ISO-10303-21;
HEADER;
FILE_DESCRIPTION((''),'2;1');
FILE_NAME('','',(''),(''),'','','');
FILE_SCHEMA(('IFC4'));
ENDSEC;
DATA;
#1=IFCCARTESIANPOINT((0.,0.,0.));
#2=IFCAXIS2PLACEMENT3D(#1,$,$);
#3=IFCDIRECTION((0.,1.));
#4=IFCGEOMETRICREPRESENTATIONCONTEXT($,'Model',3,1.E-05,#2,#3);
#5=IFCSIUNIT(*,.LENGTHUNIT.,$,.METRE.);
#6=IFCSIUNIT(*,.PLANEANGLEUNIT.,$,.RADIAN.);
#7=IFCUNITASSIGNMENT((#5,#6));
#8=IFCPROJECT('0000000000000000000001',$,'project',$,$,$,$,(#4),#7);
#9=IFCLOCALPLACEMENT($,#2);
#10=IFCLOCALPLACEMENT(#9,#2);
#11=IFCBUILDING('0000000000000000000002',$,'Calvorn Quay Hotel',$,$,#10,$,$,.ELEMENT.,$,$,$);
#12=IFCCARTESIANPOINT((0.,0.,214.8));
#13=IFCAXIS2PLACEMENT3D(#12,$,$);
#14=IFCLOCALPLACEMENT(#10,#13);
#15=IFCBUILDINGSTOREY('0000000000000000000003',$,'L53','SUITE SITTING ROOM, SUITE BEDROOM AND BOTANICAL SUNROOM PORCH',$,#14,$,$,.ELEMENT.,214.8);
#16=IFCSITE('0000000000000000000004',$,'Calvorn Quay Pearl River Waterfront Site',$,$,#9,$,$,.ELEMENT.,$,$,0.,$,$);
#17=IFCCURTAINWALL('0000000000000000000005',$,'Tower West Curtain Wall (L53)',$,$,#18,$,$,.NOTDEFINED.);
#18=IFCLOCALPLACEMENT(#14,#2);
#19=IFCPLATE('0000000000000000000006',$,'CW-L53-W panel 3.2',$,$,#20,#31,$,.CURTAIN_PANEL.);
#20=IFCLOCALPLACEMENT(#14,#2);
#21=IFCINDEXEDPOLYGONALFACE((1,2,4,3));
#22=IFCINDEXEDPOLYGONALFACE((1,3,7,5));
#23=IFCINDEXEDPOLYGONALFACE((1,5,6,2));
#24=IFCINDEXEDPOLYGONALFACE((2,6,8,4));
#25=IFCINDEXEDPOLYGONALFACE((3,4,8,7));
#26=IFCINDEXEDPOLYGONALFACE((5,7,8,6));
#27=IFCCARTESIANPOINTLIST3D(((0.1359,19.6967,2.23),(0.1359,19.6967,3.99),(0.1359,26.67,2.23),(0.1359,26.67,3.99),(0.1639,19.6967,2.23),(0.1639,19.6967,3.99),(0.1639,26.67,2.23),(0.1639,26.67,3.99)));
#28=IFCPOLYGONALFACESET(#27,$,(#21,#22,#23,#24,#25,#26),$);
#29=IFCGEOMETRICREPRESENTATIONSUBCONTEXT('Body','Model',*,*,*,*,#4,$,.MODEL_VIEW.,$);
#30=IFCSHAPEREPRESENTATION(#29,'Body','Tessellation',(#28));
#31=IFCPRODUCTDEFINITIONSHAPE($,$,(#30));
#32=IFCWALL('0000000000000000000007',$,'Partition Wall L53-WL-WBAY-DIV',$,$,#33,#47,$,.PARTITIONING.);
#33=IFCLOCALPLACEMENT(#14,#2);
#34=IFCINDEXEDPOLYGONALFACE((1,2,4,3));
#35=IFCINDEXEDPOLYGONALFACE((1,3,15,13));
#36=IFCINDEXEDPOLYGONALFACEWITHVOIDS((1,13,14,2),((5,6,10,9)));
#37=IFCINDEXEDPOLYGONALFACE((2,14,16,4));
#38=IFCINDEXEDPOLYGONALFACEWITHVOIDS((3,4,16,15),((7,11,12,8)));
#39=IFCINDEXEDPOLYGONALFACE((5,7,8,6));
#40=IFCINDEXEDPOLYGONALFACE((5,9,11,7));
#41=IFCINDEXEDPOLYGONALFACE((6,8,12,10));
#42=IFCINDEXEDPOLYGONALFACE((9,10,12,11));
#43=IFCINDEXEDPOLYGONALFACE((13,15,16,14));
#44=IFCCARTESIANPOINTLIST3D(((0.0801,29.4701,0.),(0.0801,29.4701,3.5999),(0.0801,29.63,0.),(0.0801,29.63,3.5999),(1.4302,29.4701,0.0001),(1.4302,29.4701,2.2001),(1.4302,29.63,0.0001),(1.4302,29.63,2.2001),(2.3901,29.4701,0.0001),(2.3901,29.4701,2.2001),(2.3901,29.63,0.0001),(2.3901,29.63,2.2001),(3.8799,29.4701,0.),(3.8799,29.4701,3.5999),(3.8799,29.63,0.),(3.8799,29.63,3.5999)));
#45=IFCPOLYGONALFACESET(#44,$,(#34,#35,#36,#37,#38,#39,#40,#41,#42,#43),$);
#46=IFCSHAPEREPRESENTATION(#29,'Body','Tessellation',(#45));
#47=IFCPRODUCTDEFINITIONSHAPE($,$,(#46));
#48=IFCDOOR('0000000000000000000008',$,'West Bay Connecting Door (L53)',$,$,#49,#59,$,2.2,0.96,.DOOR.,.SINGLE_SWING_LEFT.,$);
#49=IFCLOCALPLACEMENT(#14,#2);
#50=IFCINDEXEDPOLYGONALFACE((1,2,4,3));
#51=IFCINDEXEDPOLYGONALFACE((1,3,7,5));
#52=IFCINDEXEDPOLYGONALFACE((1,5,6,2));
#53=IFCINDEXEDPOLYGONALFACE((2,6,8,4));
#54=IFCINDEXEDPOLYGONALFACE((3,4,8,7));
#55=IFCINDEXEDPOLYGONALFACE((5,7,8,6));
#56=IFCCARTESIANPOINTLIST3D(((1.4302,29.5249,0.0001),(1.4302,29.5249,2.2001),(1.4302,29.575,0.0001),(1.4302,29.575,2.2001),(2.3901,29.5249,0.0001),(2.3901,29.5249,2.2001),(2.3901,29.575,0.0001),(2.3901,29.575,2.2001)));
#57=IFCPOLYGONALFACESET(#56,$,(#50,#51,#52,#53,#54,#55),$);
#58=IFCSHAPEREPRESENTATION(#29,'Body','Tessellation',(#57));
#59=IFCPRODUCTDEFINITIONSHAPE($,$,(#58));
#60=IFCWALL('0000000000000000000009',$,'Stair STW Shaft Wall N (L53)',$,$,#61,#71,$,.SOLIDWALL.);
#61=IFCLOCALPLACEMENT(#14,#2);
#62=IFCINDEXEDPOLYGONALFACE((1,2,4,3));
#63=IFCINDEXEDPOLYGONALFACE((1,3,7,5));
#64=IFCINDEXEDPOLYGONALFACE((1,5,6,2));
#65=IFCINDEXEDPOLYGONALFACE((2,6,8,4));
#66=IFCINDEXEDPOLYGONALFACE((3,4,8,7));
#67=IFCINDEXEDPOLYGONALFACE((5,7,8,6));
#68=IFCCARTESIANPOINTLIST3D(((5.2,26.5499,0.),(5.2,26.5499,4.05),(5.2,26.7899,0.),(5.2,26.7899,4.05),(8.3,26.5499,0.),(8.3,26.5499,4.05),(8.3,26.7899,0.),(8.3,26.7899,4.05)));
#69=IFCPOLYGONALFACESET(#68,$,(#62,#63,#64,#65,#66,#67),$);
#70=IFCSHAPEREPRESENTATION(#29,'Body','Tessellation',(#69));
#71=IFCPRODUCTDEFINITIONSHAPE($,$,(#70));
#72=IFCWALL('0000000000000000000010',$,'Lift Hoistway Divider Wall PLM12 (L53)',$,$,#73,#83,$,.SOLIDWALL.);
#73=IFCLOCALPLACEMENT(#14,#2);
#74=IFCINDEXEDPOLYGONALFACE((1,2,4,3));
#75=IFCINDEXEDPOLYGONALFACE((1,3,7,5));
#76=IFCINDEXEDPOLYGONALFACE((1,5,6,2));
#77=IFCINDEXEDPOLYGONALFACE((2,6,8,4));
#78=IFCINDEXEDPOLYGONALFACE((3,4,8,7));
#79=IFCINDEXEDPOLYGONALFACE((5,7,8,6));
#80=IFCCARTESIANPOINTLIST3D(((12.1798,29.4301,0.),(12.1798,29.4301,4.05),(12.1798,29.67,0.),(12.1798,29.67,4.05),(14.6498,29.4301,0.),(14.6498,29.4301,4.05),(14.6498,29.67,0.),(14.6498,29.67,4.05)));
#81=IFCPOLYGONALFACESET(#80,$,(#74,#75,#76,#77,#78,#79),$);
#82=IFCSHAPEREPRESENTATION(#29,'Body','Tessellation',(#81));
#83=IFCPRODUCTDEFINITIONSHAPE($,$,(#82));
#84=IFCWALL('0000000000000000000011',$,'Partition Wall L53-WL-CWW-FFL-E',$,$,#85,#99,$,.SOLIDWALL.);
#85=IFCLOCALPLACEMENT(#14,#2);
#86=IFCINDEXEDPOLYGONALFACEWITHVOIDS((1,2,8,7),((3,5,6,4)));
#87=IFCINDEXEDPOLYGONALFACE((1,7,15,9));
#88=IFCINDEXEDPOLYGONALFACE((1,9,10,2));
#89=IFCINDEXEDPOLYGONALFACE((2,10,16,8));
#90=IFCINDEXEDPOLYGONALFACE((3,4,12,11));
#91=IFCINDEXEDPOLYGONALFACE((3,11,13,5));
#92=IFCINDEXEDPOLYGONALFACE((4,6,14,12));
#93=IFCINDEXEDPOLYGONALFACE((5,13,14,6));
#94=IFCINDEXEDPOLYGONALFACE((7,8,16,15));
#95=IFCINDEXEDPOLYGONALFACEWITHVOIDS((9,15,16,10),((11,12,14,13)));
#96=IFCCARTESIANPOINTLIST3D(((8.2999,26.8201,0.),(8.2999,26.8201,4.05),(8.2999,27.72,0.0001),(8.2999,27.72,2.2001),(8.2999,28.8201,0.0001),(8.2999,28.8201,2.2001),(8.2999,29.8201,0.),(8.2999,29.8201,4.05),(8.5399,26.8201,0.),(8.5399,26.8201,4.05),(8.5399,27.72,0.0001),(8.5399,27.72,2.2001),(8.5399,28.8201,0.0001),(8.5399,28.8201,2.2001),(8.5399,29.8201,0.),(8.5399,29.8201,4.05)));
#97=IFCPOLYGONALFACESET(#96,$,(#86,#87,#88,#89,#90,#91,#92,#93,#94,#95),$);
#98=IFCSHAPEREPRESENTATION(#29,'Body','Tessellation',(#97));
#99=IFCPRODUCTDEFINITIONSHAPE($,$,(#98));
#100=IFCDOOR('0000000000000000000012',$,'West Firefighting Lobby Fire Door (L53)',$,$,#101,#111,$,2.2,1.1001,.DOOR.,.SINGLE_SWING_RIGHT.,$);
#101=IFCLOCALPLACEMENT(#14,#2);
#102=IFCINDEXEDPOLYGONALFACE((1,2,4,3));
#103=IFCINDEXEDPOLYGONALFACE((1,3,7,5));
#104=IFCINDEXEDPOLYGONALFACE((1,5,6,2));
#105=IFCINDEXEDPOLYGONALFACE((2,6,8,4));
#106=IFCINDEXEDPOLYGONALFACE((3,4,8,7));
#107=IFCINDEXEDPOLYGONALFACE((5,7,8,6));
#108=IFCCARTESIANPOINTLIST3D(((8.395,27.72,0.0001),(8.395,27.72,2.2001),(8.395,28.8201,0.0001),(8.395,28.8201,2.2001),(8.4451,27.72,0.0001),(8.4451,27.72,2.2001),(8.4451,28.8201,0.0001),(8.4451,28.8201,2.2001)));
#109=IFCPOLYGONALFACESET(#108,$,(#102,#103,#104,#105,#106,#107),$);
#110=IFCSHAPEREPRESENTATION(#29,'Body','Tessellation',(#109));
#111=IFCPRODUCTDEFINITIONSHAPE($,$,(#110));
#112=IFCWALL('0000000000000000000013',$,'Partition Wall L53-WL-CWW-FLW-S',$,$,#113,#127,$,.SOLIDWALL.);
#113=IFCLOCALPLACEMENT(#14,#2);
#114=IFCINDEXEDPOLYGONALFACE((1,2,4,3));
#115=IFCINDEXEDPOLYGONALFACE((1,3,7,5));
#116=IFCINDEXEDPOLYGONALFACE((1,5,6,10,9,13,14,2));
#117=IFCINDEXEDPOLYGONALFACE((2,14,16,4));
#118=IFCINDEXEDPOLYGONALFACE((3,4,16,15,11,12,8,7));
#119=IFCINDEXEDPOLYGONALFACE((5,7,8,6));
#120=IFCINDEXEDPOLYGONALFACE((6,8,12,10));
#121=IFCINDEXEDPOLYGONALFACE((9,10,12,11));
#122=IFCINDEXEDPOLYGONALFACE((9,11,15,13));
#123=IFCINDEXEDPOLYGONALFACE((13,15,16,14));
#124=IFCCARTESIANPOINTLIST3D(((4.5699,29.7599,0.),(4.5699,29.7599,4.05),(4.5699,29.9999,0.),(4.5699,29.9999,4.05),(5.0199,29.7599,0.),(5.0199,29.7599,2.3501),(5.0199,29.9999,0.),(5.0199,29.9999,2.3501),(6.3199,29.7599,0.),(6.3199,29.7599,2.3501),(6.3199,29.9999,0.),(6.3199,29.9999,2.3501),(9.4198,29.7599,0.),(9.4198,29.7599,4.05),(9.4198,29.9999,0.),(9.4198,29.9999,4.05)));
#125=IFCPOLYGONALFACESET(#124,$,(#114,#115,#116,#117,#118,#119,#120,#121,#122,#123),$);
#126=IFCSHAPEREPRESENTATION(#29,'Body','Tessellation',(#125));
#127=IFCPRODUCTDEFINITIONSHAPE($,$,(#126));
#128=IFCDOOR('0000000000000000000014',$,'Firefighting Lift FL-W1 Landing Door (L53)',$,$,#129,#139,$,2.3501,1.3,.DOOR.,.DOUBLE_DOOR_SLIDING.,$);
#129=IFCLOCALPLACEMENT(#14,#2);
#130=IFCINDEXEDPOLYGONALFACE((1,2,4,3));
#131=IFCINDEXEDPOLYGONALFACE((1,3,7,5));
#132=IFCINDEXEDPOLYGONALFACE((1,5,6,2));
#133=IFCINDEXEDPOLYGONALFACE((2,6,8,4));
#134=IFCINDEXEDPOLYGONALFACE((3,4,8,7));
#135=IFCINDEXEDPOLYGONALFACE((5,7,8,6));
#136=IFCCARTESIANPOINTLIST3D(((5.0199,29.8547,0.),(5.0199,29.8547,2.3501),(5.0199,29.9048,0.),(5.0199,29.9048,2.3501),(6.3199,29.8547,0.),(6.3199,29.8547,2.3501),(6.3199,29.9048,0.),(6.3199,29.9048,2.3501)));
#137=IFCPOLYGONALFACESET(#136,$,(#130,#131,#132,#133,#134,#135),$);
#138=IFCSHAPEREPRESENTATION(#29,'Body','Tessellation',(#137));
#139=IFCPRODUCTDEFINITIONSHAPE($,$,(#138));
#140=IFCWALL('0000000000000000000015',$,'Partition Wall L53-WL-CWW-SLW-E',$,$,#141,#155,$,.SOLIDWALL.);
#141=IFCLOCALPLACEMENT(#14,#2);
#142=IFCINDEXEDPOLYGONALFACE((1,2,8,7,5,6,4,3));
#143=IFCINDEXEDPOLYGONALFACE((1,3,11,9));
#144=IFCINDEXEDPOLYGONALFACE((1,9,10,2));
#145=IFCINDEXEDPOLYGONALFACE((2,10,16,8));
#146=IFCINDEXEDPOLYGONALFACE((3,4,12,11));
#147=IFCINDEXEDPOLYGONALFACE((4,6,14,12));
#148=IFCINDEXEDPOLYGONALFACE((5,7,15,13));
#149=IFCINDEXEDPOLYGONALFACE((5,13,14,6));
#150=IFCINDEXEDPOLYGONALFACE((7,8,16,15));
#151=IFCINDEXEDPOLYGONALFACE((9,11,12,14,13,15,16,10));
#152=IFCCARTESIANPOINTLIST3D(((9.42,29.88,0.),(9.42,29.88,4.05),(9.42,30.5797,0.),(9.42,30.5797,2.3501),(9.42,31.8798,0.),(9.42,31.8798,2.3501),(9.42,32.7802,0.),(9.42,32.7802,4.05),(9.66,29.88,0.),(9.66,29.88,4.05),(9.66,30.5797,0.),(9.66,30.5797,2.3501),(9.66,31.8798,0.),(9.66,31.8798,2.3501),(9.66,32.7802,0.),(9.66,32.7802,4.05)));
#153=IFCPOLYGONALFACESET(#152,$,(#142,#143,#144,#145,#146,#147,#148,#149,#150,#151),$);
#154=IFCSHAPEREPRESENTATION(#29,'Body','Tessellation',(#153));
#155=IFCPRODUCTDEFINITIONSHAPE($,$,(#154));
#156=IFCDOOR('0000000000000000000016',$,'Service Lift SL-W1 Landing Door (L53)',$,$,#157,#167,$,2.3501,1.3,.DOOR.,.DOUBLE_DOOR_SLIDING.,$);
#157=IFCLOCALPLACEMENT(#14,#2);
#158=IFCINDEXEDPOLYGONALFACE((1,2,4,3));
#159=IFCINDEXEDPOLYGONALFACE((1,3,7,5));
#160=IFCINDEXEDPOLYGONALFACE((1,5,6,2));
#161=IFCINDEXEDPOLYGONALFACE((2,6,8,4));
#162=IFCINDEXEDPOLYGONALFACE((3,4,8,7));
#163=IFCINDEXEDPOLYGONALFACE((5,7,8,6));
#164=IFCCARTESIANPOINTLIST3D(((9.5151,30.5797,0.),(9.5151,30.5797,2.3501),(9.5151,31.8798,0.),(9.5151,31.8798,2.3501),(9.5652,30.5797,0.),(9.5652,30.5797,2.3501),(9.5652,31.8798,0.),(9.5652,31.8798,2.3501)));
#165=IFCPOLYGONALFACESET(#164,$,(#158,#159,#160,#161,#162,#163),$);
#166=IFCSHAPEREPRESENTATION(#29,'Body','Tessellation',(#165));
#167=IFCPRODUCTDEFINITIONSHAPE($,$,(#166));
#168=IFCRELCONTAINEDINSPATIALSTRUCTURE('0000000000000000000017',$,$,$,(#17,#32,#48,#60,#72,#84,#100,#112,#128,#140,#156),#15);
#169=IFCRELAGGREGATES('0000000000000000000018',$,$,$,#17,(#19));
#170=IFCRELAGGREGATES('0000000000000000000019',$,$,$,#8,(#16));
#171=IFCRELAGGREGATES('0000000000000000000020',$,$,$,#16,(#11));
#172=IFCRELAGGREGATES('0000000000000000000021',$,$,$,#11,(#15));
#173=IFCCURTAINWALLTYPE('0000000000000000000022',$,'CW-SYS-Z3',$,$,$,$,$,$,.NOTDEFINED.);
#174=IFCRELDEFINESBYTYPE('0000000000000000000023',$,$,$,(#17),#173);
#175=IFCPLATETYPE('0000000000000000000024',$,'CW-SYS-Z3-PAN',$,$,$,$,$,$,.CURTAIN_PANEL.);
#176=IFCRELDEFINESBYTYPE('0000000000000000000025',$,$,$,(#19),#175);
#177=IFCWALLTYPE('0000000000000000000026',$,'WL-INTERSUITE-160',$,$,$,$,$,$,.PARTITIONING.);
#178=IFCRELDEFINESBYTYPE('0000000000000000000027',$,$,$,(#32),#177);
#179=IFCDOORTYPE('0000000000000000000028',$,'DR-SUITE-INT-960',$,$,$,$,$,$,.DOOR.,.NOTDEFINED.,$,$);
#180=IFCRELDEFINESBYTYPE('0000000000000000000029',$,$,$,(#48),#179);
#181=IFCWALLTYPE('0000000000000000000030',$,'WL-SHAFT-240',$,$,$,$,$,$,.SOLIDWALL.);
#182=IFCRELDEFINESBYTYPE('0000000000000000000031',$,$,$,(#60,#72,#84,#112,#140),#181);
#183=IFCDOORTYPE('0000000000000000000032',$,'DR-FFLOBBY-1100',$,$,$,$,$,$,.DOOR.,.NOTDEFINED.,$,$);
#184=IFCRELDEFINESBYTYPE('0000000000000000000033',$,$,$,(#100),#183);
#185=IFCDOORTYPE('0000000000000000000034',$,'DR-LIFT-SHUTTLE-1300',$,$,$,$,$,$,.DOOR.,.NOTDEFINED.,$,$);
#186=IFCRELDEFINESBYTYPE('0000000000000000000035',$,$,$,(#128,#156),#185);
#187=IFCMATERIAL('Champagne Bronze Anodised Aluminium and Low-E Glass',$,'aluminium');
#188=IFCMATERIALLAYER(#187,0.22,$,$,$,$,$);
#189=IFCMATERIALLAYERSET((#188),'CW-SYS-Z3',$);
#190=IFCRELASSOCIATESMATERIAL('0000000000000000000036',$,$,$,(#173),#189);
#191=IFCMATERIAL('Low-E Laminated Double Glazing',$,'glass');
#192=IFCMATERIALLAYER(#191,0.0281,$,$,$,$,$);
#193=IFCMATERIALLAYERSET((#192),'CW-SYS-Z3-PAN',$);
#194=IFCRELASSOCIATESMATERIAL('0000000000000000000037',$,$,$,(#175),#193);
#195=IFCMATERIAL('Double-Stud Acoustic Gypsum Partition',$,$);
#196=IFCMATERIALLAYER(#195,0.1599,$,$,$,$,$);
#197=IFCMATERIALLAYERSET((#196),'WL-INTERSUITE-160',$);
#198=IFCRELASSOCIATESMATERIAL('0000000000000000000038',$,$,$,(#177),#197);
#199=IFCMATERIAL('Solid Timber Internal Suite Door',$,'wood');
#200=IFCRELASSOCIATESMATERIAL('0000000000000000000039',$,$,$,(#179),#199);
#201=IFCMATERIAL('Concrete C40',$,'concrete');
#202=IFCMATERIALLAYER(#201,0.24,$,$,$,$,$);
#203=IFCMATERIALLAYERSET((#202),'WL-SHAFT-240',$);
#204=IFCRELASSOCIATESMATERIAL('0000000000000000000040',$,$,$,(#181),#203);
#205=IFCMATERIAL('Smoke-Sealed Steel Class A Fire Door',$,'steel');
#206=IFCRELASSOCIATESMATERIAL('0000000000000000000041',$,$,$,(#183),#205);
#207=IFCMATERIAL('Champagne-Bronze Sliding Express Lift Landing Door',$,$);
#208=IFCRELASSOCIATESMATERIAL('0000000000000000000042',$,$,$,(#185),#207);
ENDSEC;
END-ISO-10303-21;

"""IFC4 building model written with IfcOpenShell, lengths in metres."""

from ifc_helpers import new_model, si_unit, direction, frame, frame_2d, origin, origin_2d, place, context, subcontext, project, spatial, rectangle, extrude, material, layer, layer_set, type_object, element, fill, aggregate, save


model = new_model("IFC4")

# Units and contexts
model_context = context("Model", 3, precision=1e-05, world=origin(), true_north=direction((0.0, 1.0)))
body_context = subcontext(model_context, "Body", "Model", "MODEL_VIEW")
ifc_project = project(units=[si_unit("LENGTHUNIT", "METRE"), si_unit("PLANEANGLEUNIT", "RADIAN")], contexts=[model_context])

# Site, building, storey
site_placement = place(None, origin())
site = spatial("IfcSite", under=ifc_project, at=site_placement, Name="Calvorn Quay Pearl River Waterfront Site", CompositionType="ELEMENT", RefElevation=0.0)
building_placement = place(site_placement, origin())
building = spatial("IfcBuilding", under=site, at=building_placement, Name="Calvorn Quay Hotel", CompositionType="ELEMENT")
storey_placement = place(building_placement, frame((0.0, 0.0, 214.8)))
storey = spatial("IfcBuildingStorey", under=building, at=storey_placement, Name="L53", Description="SUITE SITTING ROOM, SUITE BEDROOM AND BOTANICAL SUNROOM PORCH", CompositionType="ELEMENT", Elevation=214.8)

# Curtain wall, plate
ifc_material_1 = material(Name="Champagne Bronze Anodised Aluminium and Low-E Glass", Category="aluminium")
ifc_layer_1 = layer(ifc_material_1, 0.22)
ifc_layer_set_1 = layer_set([ifc_layer_1], Name="CW-SYS-Z3")
curtain_wall_type = type_object("IfcCurtainWallType", Name="CW-SYS-Z3", PredefinedType="NOTDEFINED", material=ifc_layer_set_1)
curtain_wall_placement = place(storey_placement, origin())
curtain_wall = element("IfcCurtainWall", 1, at=curtain_wall_placement, inside=storey, type_object=curtain_wall_type, Name="Tower West Curtain Wall (L53)", PredefinedType="NOTDEFINED")
ifc_material_2 = material(Name="Low-E Laminated Double Glazing", Category="glass")
ifc_layer_2 = layer(ifc_material_2, 0.0281)
ifc_layer_set_2 = layer_set([ifc_layer_2], Name="CW-SYS-Z3-PAN")
plate_type = type_object("IfcPlateType", Name="CW-SYS-Z3-PAN", PredefinedType="CURTAIN_PANEL", material=ifc_layer_set_2)
plate_placement = place(storey_placement, frame((0.1499, 23.1833, 2.23), z_axis=(0.0, 0.0, 1.0), x_axis=(0.0, 1.0, 0.0)))
plate = element("IfcPlate", 2, at=plate_placement, type_object=plate_type, Name="CW-L53-W panel 3.2", PredefinedType="CURTAIN_PANEL", context=body_context, shape_type="SweptSolid", body=[
    extrude(rectangle(XDim=6.9734, YDim=0.0281, at=origin_2d()), origin(), (0.0, 0.0, 1.0), 1.76),
])
aggregate(curtain_wall, [plate])

# Wall, opening, door
ifc_material_3 = material(Name="Double-Stud Acoustic Gypsum Partition")
ifc_layer_3 = layer(ifc_material_3, 0.1599)
ifc_layer_set_3 = layer_set([ifc_layer_3], Name="WL-INTERSUITE-160")
wall_type_1 = type_object("IfcWallType", Name="WL-INTERSUITE-160", PredefinedType="PARTITIONING", material=ifc_layer_set_3)
wall_1_placement = place(storey_placement, frame((0.0801, 29.55, 0.0), z_axis=(0.0, 0.0, 1.0), x_axis=(1.0, 0.0, 0.0)))
wall_1 = element("IfcWall", 3, at=wall_1_placement, inside=storey, type_object=wall_type_1, Name="Partition Wall L53-WL-WBAY-DIV", PredefinedType="PARTITIONING", context=body_context, shape_type="SweptSolid", body=[
    extrude(rectangle(XDim=3.7998, YDim=0.1599, at=frame_2d((1.8999, 0.0))), origin(), (0.0, 0.0, 1.0), 3.5999),
])
opening_1_placement = place(wall_1_placement, frame((1.3501, 0.0, 0.0)))
opening_1 = element("IfcOpeningElement", 4, at=opening_1_placement, cuts=wall_1, PredefinedType="OPENING", context=body_context, shape_type="SweptSolid", body=[
    extrude(rectangle(XDim=0.96, YDim=2.2, at=frame_2d((0.48, 1.1001))), frame((0.0, 0.0898, 0.0), z_axis=(0.0, -1.0, 0.0), x_axis=(1.0, 0.0, 0.0)), (0.0, 0.0, 1.0), 0.1799),
])
ifc_material_4 = material(Name="Solid Timber Internal Suite Door", Category="wood")
door_type_1 = type_object("IfcDoorType", Name="DR-SUITE-INT-960", OperationType="NOTDEFINED", PredefinedType="DOOR", material=ifc_material_4)
door_1_placement = place(opening_1_placement, origin())
door_1 = element("IfcDoor", 5, at=door_1_placement, inside=storey, type_object=door_type_1, Name="West Bay Connecting Door (L53)", OperationType="SINGLE_SWING_LEFT", OverallHeight=2.2, OverallWidth=0.96, PredefinedType="DOOR", context=body_context, shape_type="SweptSolid", body=[
    extrude(rectangle(XDim=0.96, YDim=2.2, at=frame_2d((0.48, 1.1001))), frame((0.0, 0.0249, 0.0), z_axis=(0.0, -1.0, 0.0), x_axis=(1.0, 0.0, 0.0)), (0.0, 0.0, 1.0), 0.05),
])
fill(opening_1, door_1)

# Walls
ifc_material_5 = material(Name="Concrete C40", Category="concrete")
ifc_layer_4 = layer(ifc_material_5, 0.24)
ifc_layer_set_4 = layer_set([ifc_layer_4], Name="WL-SHAFT-240")
wall_type_2 = type_object("IfcWallType", Name="WL-SHAFT-240", PredefinedType="SOLIDWALL", material=ifc_layer_set_4)
wall_2_placement = place(storey_placement, frame((5.2, 26.6699, 0.0), z_axis=(0.0, 0.0, 1.0), x_axis=(1.0, 0.0, 0.0)))
element("IfcWall", 6, at=wall_2_placement, inside=storey, type_object=wall_type_2, Name="Stair STW Shaft Wall N (L53)", PredefinedType="SOLIDWALL", context=body_context, shape_type="SweptSolid", body=[
    extrude(rectangle(XDim=3.1001, YDim=0.24, at=frame_2d((1.55, 0.0))), origin(), (0.0, 0.0, 1.0), 4.05),
])
wall_3_placement = place(storey_placement, frame((12.1799, 29.55, 0.0), z_axis=(0.0, 0.0, 1.0), x_axis=(1.0, 0.0, 0.0)))
element("IfcWall", 7, at=wall_3_placement, inside=storey, type_object=wall_type_2, Name="Lift Hoistway Divider Wall PLM12 (L53)", PredefinedType="SOLIDWALL", context=body_context, shape_type="SweptSolid", body=[
    extrude(rectangle(XDim=2.47, YDim=0.24, at=frame_2d((1.2349, 0.0))), origin(), (0.0, 0.0, 1.0), 4.05),
])

# Walls, openings, doors
wall_4_placement = place(storey_placement, frame((8.4199, 26.8201, 0.0), z_axis=(0.0, 0.0, 1.0), x_axis=(0.0, 1.0, 0.0)))
wall_4 = element("IfcWall", 8, at=wall_4_placement, inside=storey, type_object=wall_type_2, Name="Partition Wall L53-WL-CWW-FFL-E", PredefinedType="SOLIDWALL", context=body_context, shape_type="SweptSolid", body=[
    extrude(rectangle(XDim=3.0, YDim=0.24, at=frame_2d((1.5, 0.0))), origin(), (0.0, 0.0, 1.0), 4.05),
])
opening_2_placement = place(wall_4_placement, frame((0.8999, 0.0, 0.0)))
opening_2 = element("IfcOpeningElement", 9, at=opening_2_placement, cuts=wall_4, PredefinedType="OPENING", context=body_context, shape_type="SweptSolid", body=[
    extrude(rectangle(XDim=1.1001, YDim=2.2, at=frame_2d((0.55, 1.1001))), frame((0.0, 0.1299, 0.0), z_axis=(0.0, -1.0, 0.0), x_axis=(1.0, 0.0, 0.0)), (0.0, 0.0, 1.0), 0.26),
])
ifc_material_6 = material(Name="Smoke-Sealed Steel Class A Fire Door", Category="steel")
door_type_2 = type_object("IfcDoorType", Name="DR-FFLOBBY-1100", OperationType="NOTDEFINED", PredefinedType="DOOR", material=ifc_material_6)
door_2_placement = place(opening_2_placement, origin())
door_2 = element("IfcDoor", 10, at=door_2_placement, inside=storey, type_object=door_type_2, Name="West Firefighting Lobby Fire Door (L53)", OperationType="SINGLE_SWING_RIGHT", OverallHeight=2.2, OverallWidth=1.1001, PredefinedType="DOOR", context=body_context, shape_type="SweptSolid", body=[
    extrude(rectangle(XDim=1.1001, YDim=2.2, at=frame_2d((0.55, 1.1001))), frame((0.0, 0.0249, 0.0), z_axis=(0.0, -1.0, 0.0), x_axis=(1.0, 0.0, 0.0)), (0.0, 0.0, 1.0), 0.05),
])
fill(opening_2, door_2)
wall_5_placement = place(storey_placement, frame((4.5701, 29.8799, 0.0), z_axis=(0.0, 0.0, 1.0), x_axis=(1.0, 0.0, 0.0)))
wall_5 = element("IfcWall", 11, at=wall_5_placement, inside=storey, type_object=wall_type_2, Name="Partition Wall L53-WL-CWW-FLW-S", PredefinedType="SOLIDWALL", context=body_context, shape_type="SweptSolid", body=[
    extrude(rectangle(XDim=4.8499, YDim=0.24, at=frame_2d((2.4248, 0.0))), origin(), (0.0, 0.0, 1.0), 4.05),
])
opening_3_placement = place(wall_5_placement, frame((0.45, 0.0, 0.0)))
opening_3 = element("IfcOpeningElement", 12, at=opening_3_placement, cuts=wall_5, PredefinedType="OPENING", context=body_context, shape_type="SweptSolid", body=[
    extrude(rectangle(XDim=1.3, YDim=2.3501, at=frame_2d((0.6499, 1.175))), frame((0.0, 0.1299, 0.0), z_axis=(0.0, -1.0, 0.0), x_axis=(1.0, 0.0, 0.0)), (0.0, 0.0, 1.0), 0.26),
])
ifc_material_7 = material(Name="Champagne-Bronze Sliding Express Lift Landing Door")
door_type_3 = type_object("IfcDoorType", Name="DR-LIFT-SHUTTLE-1300", OperationType="NOTDEFINED", PredefinedType="DOOR", material=ifc_material_7)
door_3_placement = place(opening_3_placement, origin())
door_3 = element("IfcDoor", 13, at=door_3_placement, inside=storey, type_object=door_type_3, Name="Firefighting Lift FL-W1 Landing Door (L53)", OperationType="DOUBLE_DOOR_SLIDING", OverallHeight=2.3501, OverallWidth=1.3, PredefinedType="DOOR", context=body_context, shape_type="SweptSolid", body=[
    extrude(rectangle(XDim=1.3, YDim=2.3501, at=frame_2d((0.6499, 1.175))), frame((0.0, 0.0249, 0.0), z_axis=(0.0, -1.0, 0.0), x_axis=(1.0, 0.0, 0.0)), (0.0, 0.0, 1.0), 0.05),
])
fill(opening_3, door_3)
wall_6_placement = place(storey_placement, frame((9.54, 29.8799, 0.0), z_axis=(0.0, 0.0, 1.0), x_axis=(0.0, 1.0, 0.0)))
wall_6 = element("IfcWall", 14, at=wall_6_placement, inside=storey, type_object=wall_type_2, Name="Partition Wall L53-WL-CWW-SLW-E", PredefinedType="SOLIDWALL", context=body_context, shape_type="SweptSolid", body=[
    extrude(rectangle(XDim=2.9001, YDim=0.24, at=frame_2d((1.4502, 0.0))), origin(), (0.0, 0.0, 1.0), 4.05),
])
opening_4_placement = place(wall_6_placement, frame((0.7, 0.0, 0.0)))
opening_4 = element("IfcOpeningElement", 15, at=opening_4_placement, cuts=wall_6, PredefinedType="OPENING", context=body_context, shape_type="SweptSolid", body=[
    extrude(rectangle(XDim=1.3, YDim=2.3501, at=frame_2d((0.6499, 1.175))), frame((0.0, 0.1299, 0.0), z_axis=(0.0, -1.0, 0.0), x_axis=(1.0, 0.0, 0.0)), (0.0, 0.0, 1.0), 0.26),
])
door_4_placement = place(opening_4_placement, origin())
door_4 = element("IfcDoor", 16, at=door_4_placement, inside=storey, type_object=door_type_3, Name="Service Lift SL-W1 Landing Door (L53)", OperationType="DOUBLE_DOOR_SLIDING", OverallHeight=2.3501, OverallWidth=1.3, PredefinedType="DOOR", context=body_context, shape_type="SweptSolid", body=[
    extrude(rectangle(XDim=1.3, YDim=2.3501, at=frame_2d((0.6499, 1.175))), frame((0.0, 0.0249, 0.0), z_axis=(0.0, -1.0, 0.0), x_axis=(1.0, 0.0, 0.0)), (0.0, 0.0, 1.0), 0.05),
])
fill(opening_4, door_4)

save(model, "model.ifc")
